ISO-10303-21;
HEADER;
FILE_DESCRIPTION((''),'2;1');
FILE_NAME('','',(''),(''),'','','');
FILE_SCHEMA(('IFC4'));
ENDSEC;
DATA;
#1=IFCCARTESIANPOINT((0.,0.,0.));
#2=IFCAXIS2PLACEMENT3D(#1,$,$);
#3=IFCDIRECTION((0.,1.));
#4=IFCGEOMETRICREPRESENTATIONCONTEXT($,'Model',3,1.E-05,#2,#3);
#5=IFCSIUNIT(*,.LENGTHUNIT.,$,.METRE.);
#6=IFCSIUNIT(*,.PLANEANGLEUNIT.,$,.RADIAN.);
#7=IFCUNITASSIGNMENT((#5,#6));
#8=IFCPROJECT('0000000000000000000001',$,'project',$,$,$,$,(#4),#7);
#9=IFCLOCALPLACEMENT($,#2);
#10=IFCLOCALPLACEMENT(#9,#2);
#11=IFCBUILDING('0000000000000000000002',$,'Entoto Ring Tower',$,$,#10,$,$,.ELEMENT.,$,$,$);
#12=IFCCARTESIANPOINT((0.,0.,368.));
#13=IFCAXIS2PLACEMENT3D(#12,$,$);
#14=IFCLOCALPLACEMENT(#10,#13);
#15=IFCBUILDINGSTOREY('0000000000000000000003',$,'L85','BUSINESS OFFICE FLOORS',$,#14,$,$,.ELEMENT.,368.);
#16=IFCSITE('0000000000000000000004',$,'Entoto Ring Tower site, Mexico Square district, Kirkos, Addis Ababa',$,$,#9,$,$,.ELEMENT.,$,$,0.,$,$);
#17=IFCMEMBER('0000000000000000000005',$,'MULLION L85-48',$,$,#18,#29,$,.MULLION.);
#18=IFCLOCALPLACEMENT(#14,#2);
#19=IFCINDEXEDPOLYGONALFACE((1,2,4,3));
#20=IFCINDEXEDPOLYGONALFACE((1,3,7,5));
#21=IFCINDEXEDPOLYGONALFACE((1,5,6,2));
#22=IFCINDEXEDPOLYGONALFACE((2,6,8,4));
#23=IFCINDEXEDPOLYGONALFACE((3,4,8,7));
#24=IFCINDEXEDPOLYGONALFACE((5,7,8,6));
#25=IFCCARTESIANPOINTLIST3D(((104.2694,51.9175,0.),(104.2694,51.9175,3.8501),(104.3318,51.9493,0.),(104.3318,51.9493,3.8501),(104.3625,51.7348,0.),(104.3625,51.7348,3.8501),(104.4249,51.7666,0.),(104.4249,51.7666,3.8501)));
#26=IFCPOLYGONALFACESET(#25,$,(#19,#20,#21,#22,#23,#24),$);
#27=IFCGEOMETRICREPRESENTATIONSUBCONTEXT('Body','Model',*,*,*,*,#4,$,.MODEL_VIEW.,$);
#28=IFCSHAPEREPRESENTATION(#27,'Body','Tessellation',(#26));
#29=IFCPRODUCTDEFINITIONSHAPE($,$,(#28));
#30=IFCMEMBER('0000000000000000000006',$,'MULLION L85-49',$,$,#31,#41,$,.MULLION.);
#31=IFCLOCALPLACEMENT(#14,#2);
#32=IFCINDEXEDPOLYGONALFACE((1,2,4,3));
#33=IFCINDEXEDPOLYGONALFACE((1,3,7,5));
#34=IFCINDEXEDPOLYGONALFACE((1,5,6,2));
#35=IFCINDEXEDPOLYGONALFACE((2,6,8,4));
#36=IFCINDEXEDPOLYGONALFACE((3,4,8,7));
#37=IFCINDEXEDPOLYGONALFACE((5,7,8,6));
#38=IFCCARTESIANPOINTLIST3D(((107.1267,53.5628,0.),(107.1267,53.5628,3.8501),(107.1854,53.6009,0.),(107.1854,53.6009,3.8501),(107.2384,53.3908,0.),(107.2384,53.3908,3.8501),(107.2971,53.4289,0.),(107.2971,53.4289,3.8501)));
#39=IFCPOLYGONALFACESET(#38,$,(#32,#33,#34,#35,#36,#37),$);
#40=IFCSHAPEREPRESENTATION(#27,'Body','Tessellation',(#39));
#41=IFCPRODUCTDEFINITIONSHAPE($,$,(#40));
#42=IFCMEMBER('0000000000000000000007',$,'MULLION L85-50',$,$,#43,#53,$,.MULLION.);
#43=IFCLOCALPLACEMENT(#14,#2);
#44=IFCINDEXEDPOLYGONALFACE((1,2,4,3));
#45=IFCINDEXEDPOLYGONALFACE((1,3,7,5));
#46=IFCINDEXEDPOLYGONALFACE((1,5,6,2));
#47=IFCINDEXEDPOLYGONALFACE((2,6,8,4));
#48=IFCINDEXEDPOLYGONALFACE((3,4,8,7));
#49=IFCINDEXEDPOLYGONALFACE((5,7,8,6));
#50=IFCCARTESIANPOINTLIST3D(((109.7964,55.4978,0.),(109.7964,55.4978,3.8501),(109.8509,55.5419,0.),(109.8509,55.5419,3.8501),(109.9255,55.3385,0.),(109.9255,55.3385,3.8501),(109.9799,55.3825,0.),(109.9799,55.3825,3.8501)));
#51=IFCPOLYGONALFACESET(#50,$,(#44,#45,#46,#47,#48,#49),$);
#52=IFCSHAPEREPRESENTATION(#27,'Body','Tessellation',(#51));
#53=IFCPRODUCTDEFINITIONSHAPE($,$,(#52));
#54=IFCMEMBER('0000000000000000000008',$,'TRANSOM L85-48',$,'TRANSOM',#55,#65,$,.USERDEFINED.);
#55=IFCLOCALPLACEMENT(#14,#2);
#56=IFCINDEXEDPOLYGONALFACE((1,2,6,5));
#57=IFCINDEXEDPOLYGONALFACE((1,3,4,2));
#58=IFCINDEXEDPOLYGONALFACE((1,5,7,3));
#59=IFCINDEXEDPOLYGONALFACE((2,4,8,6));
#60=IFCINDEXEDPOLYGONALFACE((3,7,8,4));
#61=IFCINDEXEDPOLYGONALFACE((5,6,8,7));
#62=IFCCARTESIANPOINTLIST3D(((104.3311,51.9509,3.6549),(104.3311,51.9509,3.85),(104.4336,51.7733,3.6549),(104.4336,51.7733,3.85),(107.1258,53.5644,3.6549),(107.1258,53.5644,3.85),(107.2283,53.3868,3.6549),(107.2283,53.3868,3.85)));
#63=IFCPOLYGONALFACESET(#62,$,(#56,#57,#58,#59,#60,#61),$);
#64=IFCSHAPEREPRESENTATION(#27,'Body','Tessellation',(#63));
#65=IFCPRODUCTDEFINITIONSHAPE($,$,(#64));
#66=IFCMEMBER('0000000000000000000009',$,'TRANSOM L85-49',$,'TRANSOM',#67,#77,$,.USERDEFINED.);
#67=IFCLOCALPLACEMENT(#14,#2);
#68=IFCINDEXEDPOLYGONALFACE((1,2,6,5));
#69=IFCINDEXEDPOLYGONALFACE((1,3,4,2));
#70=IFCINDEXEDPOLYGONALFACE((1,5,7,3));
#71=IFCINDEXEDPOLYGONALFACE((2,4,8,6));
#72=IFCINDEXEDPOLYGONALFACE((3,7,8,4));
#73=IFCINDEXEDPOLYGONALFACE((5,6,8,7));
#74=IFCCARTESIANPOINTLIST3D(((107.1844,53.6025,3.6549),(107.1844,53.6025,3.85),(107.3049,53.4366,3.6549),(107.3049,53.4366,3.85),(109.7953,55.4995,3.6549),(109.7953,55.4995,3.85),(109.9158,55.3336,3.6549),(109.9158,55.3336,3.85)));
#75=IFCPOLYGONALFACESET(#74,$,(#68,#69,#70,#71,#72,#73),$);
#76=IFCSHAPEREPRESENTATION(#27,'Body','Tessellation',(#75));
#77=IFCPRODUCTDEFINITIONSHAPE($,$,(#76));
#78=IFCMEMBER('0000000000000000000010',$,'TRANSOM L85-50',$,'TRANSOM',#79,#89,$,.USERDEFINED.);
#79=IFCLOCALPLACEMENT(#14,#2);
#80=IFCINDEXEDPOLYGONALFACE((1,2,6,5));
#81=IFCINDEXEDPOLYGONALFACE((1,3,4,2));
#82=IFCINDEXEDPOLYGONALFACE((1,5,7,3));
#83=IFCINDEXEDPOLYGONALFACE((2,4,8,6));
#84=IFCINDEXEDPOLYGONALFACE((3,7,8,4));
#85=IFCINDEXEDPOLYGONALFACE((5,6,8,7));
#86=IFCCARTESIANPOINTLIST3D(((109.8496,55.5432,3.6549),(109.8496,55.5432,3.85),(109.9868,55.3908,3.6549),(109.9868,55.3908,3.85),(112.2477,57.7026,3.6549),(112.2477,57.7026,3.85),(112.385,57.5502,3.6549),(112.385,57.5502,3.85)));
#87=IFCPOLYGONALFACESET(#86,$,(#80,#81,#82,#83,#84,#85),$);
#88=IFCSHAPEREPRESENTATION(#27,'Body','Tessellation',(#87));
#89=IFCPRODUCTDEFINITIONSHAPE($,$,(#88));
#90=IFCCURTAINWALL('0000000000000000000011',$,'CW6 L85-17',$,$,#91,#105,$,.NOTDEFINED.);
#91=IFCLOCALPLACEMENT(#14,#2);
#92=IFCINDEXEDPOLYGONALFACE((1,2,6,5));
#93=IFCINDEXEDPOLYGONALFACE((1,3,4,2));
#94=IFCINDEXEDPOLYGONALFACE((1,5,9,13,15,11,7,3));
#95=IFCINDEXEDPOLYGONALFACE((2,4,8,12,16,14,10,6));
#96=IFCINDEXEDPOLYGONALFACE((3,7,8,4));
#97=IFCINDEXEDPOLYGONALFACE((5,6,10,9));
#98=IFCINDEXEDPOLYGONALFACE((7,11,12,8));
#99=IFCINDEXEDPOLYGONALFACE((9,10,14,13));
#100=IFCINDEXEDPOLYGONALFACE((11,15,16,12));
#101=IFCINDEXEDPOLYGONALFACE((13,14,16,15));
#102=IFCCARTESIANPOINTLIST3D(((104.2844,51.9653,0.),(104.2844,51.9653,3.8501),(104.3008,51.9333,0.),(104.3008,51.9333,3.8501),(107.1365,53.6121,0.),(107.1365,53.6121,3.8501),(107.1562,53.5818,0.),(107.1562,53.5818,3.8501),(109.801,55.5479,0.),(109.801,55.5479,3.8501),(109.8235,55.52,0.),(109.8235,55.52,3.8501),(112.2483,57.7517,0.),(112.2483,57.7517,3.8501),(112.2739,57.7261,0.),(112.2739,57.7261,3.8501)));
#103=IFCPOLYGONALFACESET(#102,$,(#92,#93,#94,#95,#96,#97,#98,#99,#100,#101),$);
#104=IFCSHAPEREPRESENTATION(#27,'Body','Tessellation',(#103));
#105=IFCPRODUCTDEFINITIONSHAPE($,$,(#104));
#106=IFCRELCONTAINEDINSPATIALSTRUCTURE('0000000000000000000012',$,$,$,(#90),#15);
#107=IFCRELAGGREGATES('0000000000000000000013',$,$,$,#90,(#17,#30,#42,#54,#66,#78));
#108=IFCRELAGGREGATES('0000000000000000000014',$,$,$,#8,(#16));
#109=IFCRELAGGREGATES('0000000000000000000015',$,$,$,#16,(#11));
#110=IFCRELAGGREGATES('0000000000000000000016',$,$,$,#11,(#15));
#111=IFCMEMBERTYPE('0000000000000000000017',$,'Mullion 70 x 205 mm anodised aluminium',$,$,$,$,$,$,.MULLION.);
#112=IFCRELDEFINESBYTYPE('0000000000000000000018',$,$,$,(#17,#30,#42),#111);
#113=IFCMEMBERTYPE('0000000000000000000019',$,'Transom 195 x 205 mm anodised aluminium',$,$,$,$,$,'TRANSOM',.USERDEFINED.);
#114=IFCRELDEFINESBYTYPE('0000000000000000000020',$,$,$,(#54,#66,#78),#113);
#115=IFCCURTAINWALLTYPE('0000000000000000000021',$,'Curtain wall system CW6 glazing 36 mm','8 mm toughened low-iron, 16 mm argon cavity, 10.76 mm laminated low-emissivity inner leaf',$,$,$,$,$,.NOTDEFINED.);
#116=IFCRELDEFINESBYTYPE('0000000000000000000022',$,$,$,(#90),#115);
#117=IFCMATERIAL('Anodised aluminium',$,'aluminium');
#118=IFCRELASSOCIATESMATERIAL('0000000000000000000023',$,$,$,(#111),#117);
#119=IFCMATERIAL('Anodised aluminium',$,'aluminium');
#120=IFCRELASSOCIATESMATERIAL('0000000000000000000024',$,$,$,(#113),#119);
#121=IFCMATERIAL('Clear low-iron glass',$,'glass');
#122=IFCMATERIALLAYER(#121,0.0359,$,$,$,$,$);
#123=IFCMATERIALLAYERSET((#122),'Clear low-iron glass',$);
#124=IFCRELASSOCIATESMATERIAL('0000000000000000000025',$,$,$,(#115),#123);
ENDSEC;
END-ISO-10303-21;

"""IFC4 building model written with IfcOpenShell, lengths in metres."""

from ifc_helpers import new_model, si_unit, direction, frame, origin, origin_2d, place, context, subcontext, project, spatial, polyline, rectangle, outline, extrude, material, layer, layer_set, material_profile, profile_set, type_object, element, aggregate, save


model = new_model("IFC4")

# Units and contexts
model_context = context("Model", 3, precision=1e-05, world=origin(), true_north=direction((0.0, 1.0)))
body_context = subcontext(model_context, "Body", "Model", "MODEL_VIEW")
ifc_project = project(units=[si_unit("LENGTHUNIT", "METRE"), si_unit("PLANEANGLEUNIT", "RADIAN")], contexts=[model_context])

# Members
ifc_material_1 = material(Name="Anodised aluminium", Category="aluminium")
ifc_material_profile_1 = material_profile(ifc_material_1, rectangle(XDim=0.0701, YDim=0.2051, at=origin_2d()), Name="Mullion 70 x 205 mm anodised aluminium")
ifc_profile_set_1 = profile_set([ifc_material_profile_1], Name="Anodised aluminium")
member_type_1 = type_object("IfcMemberType", Name="Mullion 70 x 205 mm anodised aluminium", PredefinedType="MULLION", material=ifc_profile_set_1)
site_placement = place(None, origin())
building_placement = place(site_placement, origin())
storey_placement = place(building_placement, frame((0.0, 0.0, 368.0)))
member_1_placement = place(storey_placement, frame((104.3472, 51.842, 0.0), z_axis=(0.0, 0.0, 1.0), x_axis=(0.891007, 0.45399, 0.0)))
member_1 = element("IfcMember", 1, at=member_1_placement, type_object=member_type_1, Name="MULLION L85-48", PredefinedType="MULLION", context=body_context, shape_type="SweptSolid", body=[
    extrude(rectangle(XDim=0.0701, YDim=0.2051, at=origin_2d()), origin(), (0.0, 0.0, 1.0), 3.8501),
])
member_2_placement = place(storey_placement, frame((107.2119, 53.4958, 0.0), z_axis=(0.0, 0.0, 1.0), x_axis=(0.838671, 0.544639, 0.0)))
member_2 = element("IfcMember", 2, at=member_2_placement, type_object=member_type_1, Name="MULLION L85-49", PredefinedType="MULLION", context=body_context, shape_type="SweptSolid", body=[
    extrude(rectangle(XDim=0.0701, YDim=0.2051, at=origin_2d()), origin(), (0.0, 0.0, 1.0), 3.8501),
])
member_3_placement = place(storey_placement, frame((109.8882, 55.4402, 0.0), z_axis=(0.0, 0.0, 1.0), x_axis=(0.777146, 0.62932, 0.0)))
member_3 = element("IfcMember", 3, at=member_3_placement, type_object=member_type_1, Name="MULLION L85-50", PredefinedType="MULLION", context=body_context, shape_type="SweptSolid", body=[
    extrude(rectangle(XDim=0.0701, YDim=0.2051, at=origin_2d()), origin(), (0.0, 0.0, 1.0), 3.8501),
])
ifc_material_2 = material(Name="Anodised aluminium", Category="aluminium")
ifc_material_profile_2 = material_profile(ifc_material_2, rectangle(XDim=0.2051, YDim=0.1951, at=origin_2d()), Name="Transom 195 x 205 mm anodised aluminium")
ifc_profile_set_2 = profile_set([ifc_material_profile_2], Name="Anodised aluminium")
member_type_2 = type_object("IfcMemberType", Name="Transom 195 x 205 mm anodised aluminium", ElementType="TRANSOM", PredefinedType="USERDEFINED", material=ifc_profile_set_2)
member_4_placement = place(storey_placement, frame((104.3823, 51.8621, 3.7524), z_axis=(0.866023, 0.500004, 0.0), x_axis=(-0.500004, 0.866023, 0.0)))
member_4 = element("IfcMember", 4, at=member_4_placement, type_object=member_type_2, Name="TRANSOM L85-48", ObjectType="TRANSOM", PredefinedType="USERDEFINED", context=body_context, shape_type="SweptSolid", body=[
    extrude(rectangle(XDim=0.2051, YDim=0.1951, at=origin_2d()), origin(), (0.0, 0.0, 1.0), 3.2271),
])
member_5_placement = place(storey_placement, frame((107.2446, 53.5195, 3.7524), z_axis=(0.809004, 0.587803, 0.0), x_axis=(-0.587803, 0.809004, 0.0)))
member_5 = element("IfcMember", 5, at=member_5_placement, type_object=member_type_2, Name="TRANSOM L85-49", ObjectType="TRANSOM", PredefinedType="USERDEFINED", context=body_context, shape_type="SweptSolid", body=[
    extrude(rectangle(XDim=0.2051, YDim=0.1951, at=origin_2d()), origin(), (0.0, 0.0, 1.0), 3.2273),
])
member_6_placement = place(storey_placement, frame((109.9182, 55.467, 3.7524), z_axis=(0.743132, 0.669144, 0.0), x_axis=(-0.669144, 0.743132, 0.0)))
member_6 = element("IfcMember", 6, at=member_6_placement, type_object=member_type_2, Name="TRANSOM L85-50", ObjectType="TRANSOM", PredefinedType="USERDEFINED", context=body_context, shape_type="SweptSolid", body=[
    extrude(rectangle(XDim=0.2051, YDim=0.1951, at=origin_2d()), origin(), (0.0, 0.0, 1.0), 3.2271),
])

# Site, building, storey
site = spatial("IfcSite", under=ifc_project, at=site_placement, Name="Entoto Ring Tower site, Mexico Square district, Kirkos, Addis Ababa", CompositionType="ELEMENT", RefElevation=0.0)
building = spatial("IfcBuilding", under=site, at=building_placement, Name="Entoto Ring Tower", CompositionType="ELEMENT")
storey = spatial("IfcBuildingStorey", under=building, at=storey_placement, Name="L85", Description="BUSINESS OFFICE FLOORS", CompositionType="ELEMENT", Elevation=368.0)

# Curtain wall
ifc_material_3 = material(Name="Clear low-iron glass", Category="glass")
ifc_layer = layer(ifc_material_3, 0.0359)
ifc_layer_set = layer_set([ifc_layer], Name="Clear low-iron glass")
curtain_wall_type = type_object("IfcCurtainWallType", Name="Curtain wall system CW6 glazing 36 mm", Description="8 mm toughened low-iron, 16 mm argon cavity, 10.76 mm laminated low-emissivity inner leaf", PredefinedType="NOTDEFINED", material=ifc_layer_set)
curtain_wall_1_placement = place(storey_placement, origin())
curtain_wall_1 = element("IfcCurtainWall", 7, at=curtain_wall_1_placement, inside=storey, type_object=curtain_wall_type, Name="CW6 L85-17", PredefinedType="NOTDEFINED", context=body_context, shape_type="SweptSolid", body=[
    extrude(outline(polyline([(104.3008, 51.9333), (107.1562, 53.5818), (109.8235, 55.52), (112.2739, 57.7261), (112.2483, 57.7517), (109.801, 55.5479), (107.1365, 53.6121), (104.2844, 51.9653), (104.3008, 51.9333)])), origin(), (0.0, 0.0, 1.0), 3.8501),
])
aggregate(curtain_wall_1, [member_1, member_2, member_3, member_4, member_5, member_6])

save(model, "model.ifc")
